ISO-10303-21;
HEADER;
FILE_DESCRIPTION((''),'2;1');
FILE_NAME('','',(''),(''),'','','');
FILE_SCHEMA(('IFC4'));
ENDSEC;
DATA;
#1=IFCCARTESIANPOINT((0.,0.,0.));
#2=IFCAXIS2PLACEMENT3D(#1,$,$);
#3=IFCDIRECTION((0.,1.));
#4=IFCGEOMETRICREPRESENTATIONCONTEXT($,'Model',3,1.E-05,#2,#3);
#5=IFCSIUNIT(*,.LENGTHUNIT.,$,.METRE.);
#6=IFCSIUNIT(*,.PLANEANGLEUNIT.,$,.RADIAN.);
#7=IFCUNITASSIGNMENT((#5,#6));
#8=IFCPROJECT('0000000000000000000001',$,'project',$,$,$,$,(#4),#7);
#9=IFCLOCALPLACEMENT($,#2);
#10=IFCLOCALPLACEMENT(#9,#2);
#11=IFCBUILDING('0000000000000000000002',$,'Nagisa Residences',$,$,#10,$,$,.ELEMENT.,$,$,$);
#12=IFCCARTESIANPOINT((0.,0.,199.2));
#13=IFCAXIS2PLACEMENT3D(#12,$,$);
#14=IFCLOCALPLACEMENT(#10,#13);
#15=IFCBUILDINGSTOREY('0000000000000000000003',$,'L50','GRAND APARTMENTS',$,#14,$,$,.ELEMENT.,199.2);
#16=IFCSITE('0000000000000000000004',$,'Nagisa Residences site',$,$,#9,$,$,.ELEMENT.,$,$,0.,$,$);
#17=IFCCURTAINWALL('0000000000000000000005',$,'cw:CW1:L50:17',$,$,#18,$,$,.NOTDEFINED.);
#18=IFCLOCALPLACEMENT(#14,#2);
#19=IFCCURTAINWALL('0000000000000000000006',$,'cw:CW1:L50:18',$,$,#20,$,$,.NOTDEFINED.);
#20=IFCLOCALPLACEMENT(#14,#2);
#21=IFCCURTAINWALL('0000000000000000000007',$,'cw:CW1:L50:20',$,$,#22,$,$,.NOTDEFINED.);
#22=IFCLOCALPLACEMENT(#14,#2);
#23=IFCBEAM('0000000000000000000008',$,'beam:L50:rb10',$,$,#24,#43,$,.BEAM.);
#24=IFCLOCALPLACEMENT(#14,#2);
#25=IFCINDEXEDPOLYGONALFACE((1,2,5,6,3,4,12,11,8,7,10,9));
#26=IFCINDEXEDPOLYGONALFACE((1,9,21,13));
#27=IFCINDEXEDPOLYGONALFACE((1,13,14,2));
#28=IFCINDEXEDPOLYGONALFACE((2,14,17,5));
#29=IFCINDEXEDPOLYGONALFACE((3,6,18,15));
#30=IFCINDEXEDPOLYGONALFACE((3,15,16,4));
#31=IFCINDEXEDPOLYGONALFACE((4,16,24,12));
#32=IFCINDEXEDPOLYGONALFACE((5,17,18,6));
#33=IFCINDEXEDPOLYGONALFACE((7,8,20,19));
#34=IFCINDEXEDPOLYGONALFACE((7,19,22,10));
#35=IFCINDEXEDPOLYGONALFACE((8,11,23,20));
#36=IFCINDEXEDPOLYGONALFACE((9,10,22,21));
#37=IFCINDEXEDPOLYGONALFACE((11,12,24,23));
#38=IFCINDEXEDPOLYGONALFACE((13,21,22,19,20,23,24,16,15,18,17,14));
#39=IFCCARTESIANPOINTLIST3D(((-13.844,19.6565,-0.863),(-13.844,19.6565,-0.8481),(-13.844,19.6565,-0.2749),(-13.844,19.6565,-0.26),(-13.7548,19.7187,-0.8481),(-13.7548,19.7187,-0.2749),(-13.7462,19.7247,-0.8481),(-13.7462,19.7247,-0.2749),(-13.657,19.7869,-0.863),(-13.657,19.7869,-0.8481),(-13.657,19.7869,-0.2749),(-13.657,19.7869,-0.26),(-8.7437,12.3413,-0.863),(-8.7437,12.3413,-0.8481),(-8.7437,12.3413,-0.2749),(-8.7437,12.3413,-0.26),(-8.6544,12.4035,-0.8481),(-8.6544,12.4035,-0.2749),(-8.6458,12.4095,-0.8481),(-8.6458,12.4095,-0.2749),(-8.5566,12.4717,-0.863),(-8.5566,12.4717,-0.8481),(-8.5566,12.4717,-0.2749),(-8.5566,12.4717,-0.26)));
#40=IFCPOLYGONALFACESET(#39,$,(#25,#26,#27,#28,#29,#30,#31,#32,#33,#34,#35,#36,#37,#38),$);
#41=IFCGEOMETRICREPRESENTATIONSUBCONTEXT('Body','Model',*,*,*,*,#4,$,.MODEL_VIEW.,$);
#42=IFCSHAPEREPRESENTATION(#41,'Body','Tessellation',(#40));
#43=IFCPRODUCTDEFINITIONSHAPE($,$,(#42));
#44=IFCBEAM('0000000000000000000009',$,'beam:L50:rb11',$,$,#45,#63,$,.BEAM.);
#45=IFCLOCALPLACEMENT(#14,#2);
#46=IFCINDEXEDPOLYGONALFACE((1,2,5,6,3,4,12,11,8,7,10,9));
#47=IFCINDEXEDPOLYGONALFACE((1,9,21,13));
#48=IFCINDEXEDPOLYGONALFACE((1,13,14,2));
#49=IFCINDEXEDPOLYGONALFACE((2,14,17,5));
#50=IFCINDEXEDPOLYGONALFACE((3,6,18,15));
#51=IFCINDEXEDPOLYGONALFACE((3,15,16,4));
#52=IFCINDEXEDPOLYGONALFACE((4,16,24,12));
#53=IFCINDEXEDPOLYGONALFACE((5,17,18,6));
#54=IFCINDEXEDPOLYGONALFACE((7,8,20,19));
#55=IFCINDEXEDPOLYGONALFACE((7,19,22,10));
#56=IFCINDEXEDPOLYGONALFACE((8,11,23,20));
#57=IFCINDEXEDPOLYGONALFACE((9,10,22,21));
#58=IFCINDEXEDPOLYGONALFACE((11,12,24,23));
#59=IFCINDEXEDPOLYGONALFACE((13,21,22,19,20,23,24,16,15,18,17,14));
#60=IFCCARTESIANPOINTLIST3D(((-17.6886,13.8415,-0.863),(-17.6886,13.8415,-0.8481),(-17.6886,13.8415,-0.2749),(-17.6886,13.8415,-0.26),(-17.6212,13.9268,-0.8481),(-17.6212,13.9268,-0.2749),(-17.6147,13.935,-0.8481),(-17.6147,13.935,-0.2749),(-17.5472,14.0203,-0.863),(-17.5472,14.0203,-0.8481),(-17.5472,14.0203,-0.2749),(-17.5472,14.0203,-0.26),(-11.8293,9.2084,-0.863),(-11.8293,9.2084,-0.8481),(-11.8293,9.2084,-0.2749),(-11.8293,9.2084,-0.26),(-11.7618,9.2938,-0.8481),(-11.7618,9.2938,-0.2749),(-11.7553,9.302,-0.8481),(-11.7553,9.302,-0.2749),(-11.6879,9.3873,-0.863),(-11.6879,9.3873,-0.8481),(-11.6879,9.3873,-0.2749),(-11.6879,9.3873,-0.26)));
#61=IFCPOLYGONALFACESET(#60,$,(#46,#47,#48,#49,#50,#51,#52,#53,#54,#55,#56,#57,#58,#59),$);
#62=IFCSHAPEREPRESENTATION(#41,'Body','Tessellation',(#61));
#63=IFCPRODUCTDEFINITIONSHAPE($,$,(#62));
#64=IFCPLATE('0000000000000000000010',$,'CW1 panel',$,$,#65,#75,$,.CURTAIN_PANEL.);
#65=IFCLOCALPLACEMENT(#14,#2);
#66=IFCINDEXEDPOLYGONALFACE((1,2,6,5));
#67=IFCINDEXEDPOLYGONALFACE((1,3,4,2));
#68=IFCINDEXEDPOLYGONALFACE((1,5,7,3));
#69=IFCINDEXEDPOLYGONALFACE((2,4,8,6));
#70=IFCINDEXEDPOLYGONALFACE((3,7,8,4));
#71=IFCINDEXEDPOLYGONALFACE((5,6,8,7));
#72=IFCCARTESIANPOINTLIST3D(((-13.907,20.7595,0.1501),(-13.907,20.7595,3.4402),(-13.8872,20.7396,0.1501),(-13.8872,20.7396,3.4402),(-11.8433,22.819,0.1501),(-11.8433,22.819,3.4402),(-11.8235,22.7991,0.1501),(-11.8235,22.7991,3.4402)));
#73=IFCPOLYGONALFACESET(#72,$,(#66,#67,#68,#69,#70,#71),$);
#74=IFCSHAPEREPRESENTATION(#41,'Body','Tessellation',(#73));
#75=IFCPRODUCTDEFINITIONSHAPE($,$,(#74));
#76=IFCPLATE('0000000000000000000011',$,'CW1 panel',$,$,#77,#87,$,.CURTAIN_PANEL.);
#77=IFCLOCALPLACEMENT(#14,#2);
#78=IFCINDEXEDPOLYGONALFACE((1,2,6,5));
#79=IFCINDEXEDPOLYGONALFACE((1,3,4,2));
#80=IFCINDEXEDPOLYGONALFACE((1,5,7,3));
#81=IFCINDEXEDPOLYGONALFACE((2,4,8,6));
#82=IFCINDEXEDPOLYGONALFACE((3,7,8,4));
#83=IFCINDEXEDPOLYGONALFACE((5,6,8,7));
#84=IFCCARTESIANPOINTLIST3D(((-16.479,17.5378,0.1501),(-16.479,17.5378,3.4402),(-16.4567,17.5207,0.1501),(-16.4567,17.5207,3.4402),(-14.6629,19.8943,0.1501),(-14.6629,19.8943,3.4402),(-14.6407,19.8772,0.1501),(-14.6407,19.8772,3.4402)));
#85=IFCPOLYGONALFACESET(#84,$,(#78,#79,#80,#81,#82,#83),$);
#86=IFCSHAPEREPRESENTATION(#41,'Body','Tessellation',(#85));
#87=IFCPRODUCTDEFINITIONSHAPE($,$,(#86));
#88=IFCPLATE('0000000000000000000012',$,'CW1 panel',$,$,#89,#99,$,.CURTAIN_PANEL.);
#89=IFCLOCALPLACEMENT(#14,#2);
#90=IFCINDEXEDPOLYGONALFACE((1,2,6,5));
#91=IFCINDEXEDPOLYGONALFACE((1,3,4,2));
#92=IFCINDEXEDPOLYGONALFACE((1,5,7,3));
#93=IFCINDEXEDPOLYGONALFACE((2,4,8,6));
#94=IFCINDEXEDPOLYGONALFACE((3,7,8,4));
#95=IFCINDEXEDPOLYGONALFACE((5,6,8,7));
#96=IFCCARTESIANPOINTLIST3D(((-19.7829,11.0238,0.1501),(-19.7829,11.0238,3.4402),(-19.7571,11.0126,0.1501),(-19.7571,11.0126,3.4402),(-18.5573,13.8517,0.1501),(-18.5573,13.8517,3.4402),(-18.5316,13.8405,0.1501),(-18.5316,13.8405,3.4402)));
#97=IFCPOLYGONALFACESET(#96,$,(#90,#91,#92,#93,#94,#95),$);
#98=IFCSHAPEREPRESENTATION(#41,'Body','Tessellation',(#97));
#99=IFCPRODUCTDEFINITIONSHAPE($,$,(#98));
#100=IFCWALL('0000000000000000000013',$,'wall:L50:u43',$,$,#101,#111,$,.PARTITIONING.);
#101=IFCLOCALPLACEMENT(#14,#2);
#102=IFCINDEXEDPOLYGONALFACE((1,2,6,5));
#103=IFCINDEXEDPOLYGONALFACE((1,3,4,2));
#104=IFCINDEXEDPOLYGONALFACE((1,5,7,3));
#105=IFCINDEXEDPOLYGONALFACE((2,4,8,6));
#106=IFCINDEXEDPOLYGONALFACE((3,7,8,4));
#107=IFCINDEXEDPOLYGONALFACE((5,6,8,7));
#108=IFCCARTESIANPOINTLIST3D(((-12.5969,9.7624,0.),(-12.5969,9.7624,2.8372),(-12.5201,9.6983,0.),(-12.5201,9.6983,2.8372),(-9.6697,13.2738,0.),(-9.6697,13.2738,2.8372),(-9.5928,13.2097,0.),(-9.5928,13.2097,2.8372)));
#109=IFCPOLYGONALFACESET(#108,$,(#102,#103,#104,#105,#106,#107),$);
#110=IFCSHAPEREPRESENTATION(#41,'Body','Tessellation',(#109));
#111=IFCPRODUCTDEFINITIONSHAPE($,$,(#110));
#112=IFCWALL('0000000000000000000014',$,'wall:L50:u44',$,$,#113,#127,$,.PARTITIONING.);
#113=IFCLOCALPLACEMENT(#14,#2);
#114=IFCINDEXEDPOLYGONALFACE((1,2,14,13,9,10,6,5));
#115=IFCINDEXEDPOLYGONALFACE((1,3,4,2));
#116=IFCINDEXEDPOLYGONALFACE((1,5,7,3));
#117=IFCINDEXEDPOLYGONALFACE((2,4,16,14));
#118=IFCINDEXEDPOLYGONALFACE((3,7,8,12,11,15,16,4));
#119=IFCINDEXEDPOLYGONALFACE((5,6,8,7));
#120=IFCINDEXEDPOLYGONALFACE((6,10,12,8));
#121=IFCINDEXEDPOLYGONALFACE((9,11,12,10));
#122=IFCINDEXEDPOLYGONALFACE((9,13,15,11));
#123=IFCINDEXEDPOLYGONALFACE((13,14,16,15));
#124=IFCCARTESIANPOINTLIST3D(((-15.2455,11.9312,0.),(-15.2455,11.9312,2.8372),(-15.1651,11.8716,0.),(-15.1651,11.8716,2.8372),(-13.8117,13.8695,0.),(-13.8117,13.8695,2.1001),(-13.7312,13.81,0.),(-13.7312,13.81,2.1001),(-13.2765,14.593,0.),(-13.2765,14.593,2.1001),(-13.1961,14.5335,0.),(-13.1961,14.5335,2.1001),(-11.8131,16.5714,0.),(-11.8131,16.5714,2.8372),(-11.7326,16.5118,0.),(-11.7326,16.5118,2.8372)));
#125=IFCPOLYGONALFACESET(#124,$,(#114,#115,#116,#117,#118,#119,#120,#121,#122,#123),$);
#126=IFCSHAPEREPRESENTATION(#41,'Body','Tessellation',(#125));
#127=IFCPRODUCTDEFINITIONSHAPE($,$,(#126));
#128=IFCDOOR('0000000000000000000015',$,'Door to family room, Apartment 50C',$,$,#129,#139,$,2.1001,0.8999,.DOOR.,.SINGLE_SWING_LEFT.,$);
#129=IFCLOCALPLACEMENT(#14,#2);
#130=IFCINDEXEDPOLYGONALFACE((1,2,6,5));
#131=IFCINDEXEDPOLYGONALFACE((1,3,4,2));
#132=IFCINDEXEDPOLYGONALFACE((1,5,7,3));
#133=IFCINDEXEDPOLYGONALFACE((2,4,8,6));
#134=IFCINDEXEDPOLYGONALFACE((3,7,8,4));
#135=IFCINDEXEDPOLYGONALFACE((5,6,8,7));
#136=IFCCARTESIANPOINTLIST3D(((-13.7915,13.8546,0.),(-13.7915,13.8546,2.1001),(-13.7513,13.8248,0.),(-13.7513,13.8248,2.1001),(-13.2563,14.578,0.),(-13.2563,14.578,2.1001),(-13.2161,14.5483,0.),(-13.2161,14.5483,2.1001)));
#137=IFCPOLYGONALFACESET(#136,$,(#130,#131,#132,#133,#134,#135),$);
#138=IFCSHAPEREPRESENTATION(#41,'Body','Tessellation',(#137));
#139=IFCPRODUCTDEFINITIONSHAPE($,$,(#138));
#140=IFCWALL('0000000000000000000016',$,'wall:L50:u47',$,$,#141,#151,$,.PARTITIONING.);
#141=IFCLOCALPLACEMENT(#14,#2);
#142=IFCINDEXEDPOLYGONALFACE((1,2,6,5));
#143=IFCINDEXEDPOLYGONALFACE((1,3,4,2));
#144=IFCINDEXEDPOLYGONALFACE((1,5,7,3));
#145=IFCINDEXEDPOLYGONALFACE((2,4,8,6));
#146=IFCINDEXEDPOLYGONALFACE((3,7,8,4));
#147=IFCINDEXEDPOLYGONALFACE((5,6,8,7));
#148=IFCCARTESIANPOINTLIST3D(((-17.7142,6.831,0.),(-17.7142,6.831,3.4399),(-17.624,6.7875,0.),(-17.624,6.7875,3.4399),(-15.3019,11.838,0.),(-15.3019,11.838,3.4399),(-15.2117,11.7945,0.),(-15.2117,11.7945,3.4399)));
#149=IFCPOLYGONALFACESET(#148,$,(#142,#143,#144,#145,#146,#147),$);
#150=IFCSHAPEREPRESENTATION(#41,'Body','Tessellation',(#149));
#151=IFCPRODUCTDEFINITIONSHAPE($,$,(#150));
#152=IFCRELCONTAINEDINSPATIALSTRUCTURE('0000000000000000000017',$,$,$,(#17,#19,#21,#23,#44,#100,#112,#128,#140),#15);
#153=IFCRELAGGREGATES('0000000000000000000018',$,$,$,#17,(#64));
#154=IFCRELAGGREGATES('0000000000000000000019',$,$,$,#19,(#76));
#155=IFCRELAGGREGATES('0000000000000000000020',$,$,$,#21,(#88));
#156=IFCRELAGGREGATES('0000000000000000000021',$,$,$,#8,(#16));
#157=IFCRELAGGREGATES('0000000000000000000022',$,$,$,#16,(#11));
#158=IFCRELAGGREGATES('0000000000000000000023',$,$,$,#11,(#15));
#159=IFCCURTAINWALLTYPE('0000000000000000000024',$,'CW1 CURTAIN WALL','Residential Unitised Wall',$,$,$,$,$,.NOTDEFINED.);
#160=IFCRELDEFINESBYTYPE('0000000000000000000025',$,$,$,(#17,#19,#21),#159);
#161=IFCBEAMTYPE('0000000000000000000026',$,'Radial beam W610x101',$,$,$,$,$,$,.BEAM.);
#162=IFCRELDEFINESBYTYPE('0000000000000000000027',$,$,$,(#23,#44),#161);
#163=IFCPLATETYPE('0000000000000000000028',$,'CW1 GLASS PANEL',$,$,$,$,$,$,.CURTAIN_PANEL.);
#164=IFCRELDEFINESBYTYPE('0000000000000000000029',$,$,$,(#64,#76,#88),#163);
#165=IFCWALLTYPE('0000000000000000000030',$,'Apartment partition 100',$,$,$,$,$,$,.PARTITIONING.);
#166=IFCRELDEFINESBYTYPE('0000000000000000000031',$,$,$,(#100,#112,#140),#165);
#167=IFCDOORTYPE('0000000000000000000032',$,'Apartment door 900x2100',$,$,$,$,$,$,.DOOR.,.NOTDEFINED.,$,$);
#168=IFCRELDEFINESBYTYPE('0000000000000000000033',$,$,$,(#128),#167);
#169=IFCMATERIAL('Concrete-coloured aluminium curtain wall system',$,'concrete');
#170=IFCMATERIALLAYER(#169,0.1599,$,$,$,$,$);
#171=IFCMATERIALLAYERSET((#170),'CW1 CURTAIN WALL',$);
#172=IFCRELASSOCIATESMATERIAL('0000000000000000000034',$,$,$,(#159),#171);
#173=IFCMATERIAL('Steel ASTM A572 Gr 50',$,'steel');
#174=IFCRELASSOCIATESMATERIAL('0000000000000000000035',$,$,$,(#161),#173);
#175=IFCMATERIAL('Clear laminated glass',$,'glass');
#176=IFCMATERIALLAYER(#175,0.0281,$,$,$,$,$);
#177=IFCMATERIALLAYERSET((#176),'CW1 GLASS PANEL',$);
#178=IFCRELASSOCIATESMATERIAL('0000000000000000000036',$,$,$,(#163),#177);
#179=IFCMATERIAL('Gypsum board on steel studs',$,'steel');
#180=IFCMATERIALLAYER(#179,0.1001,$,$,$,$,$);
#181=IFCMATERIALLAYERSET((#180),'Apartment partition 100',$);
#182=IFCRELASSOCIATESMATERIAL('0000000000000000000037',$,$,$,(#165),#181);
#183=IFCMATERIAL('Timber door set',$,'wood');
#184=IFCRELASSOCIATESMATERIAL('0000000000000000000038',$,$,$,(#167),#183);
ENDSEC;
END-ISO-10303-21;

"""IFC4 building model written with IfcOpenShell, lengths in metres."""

from ifc_helpers import new_model, si_unit, direction, frame, frame_2d, origin, origin_2d, place, context, subcontext, project, spatial, rectangle, i_section, extrude, material, layer, layer_set, material_profile, profile_set, type_object, element, fill, aggregate, save


model = new_model("IFC4")

# Units and contexts
model_context = context("Model", 3, precision=1e-05, world=origin(), true_north=direction((0.0, 1.0)))
body_context = subcontext(model_context, "Body", "Model", "MODEL_VIEW")
ifc_project = project(units=[si_unit("LENGTHUNIT", "METRE"), si_unit("PLANEANGLEUNIT", "RADIAN")], contexts=[model_context])

# Site, building, storey
site_placement = place(None, origin())
site = spatial("IfcSite", under=ifc_project, at=site_placement, Name="Nagisa Residences site", CompositionType="ELEMENT", RefElevation=0.0)
building_placement = place(site_placement, origin())
building = spatial("IfcBuilding", under=site, at=building_placement, Name="Nagisa Residences", CompositionType="ELEMENT")
storey_placement = place(building_placement, frame((0.0, 0.0, 199.2)))
storey = spatial("IfcBuildingStorey", under=building, at=storey_placement, Name="L50", Description="GRAND APARTMENTS", CompositionType="ELEMENT", Elevation=199.2)

# Curtain walls
ifc_material_1 = material(Name="Concrete-coloured aluminium curtain wall system", Category="concrete")
ifc_layer_1 = layer(ifc_material_1, 0.1599)
ifc_layer_set_1 = layer_set([ifc_layer_1], Name="CW1 CURTAIN WALL")
curtain_wall_type = type_object("IfcCurtainWallType", Name="CW1 CURTAIN WALL", Description="Residential Unitised Wall", PredefinedType="NOTDEFINED", material=ifc_layer_set_1)
curtain_wall_1_placement = place(storey_placement, origin())
curtain_wall_1 = element("IfcCurtainWall", 1, at=curtain_wall_1_placement, inside=storey, type_object=curtain_wall_type, Name="cw:CW1:L50:17", PredefinedType="NOTDEFINED")
curtain_wall_2_placement = place(storey_placement, origin())
curtain_wall_2 = element("IfcCurtainWall", 2, at=curtain_wall_2_placement, inside=storey, type_object=curtain_wall_type, Name="cw:CW1:L50:18", PredefinedType="NOTDEFINED")
curtain_wall_3_placement = place(storey_placement, origin())
curtain_wall_3 = element("IfcCurtainWall", 3, at=curtain_wall_3_placement, inside=storey, type_object=curtain_wall_type, Name="cw:CW1:L50:20", PredefinedType="NOTDEFINED")

# Beams
ifc_material_2 = material(Name="Steel ASTM A572 Gr 50", Category="steel")
ifc_material_profile_1 = material_profile(ifc_material_2, i_section(OverallWidth=0.228, OverallDepth=0.603, WebThickness=0.0105, FlangeThickness=0.0149, at=origin_2d()), Name="W610x101")
ifc_profile_set_1 = profile_set([ifc_material_profile_1], Name="Steel ASTM A572 Gr 50")
beam_type_1 = type_object("IfcBeamType", Name="Radial beam W610x101", PredefinedType="BEAM", material=ifc_profile_set_1)
beam_1_placement = place(storey_placement, frame((-13.7505, 19.7217, -0.5615), z_axis=(0.571934, -0.820299, 0.0), x_axis=(0.820299, 0.571934, 0.0)))
element("IfcBeam", 4, at=beam_1_placement, inside=storey, type_object=beam_type_1, Name="beam:L50:rb10", PredefinedType="BEAM", context=body_context, shape_type="SweptSolid", body=[
    extrude(i_section(OverallWidth=0.228, OverallDepth=0.603, WebThickness=0.0105, FlangeThickness=0.0149, at=origin_2d()), origin(), (0.0, 0.0, 1.0), 8.9177),
])
beam_2_placement = place(storey_placement, frame((-17.6179, 13.9309, -0.5615), z_axis=(0.784412, -0.620241, 0.0), x_axis=(0.620241, 0.784412, 0.0)))
element("IfcBeam", 5, at=beam_2_placement, inside=storey, type_object=beam_type_1, Name="beam:L50:rb11", PredefinedType="BEAM", context=body_context, shape_type="SweptSolid", body=[
    extrude(i_section(OverallWidth=0.228, OverallDepth=0.603, WebThickness=0.0105, FlangeThickness=0.0149, at=origin_2d()), origin(), (0.0, 0.0, 1.0), 7.4697),
])

# Plates
ifc_material_3 = material(Name="Clear laminated glass", Category="glass")
ifc_layer_2 = layer(ifc_material_3, 0.0281)
ifc_layer_set_2 = layer_set([ifc_layer_2], Name="CW1 GLASS PANEL")
plate_type = type_object("IfcPlateType", Name="CW1 GLASS PANEL", PredefinedType="CURTAIN_PANEL", material=ifc_layer_set_2)
plate_1_placement = place(storey_placement, frame((-12.8652, 21.7793, 0.1501), z_axis=(0.0, 0.0, 1.0), x_axis=(-0.707836, -0.706377, 0.0)))
plate_1 = element("IfcPlate", 6, at=plate_1_placement, type_object=plate_type, Name="CW1 panel", PredefinedType="CURTAIN_PANEL", context=body_context, shape_type="SweptSolid", body=[
    extrude(rectangle(XDim=2.9155, YDim=0.0281, at=origin_2d()), origin(), (0.0, 0.0, 1.0), 3.29),
])
aggregate(curtain_wall_1, [plate_1])
plate_2_placement = place(storey_placement, frame((-15.5598, 18.7075, 0.1501), z_axis=(0.0, 0.0, 1.0), x_axis=(-0.61043, -0.79207, 0.0)))
plate_2 = element("IfcPlate", 7, at=plate_2_placement, type_object=plate_type, Name="CW1 panel", PredefinedType="CURTAIN_PANEL", context=body_context, shape_type="SweptSolid", body=[
    extrude(rectangle(XDim=2.9751, YDim=0.0281, at=origin_2d()), origin(), (0.0, 0.0, 1.0), 3.29),
])
aggregate(curtain_wall_2, [plate_2])
plate_3_placement = place(storey_placement, frame((-19.1572, 12.4321, 0.1501), z_axis=(0.0, 0.0, 1.0), x_axis=(-0.397636, -0.917543, 0.0)))
plate_3 = element("IfcPlate", 8, at=plate_3_placement, type_object=plate_type, Name="CW1 panel", PredefinedType="CURTAIN_PANEL", context=body_context, shape_type="SweptSolid", body=[
    extrude(rectangle(XDim=3.082, YDim=0.0281, at=origin_2d()), origin(), (0.0, 0.0, 1.0), 3.29),
])
aggregate(curtain_wall_3, [plate_3])

# Wall
ifc_material_4 = material(Name="Gypsum board on steel studs", Category="steel")
ifc_layer_3 = layer(ifc_material_4, 0.1001)
ifc_layer_set_3 = layer_set([ifc_layer_3], Name="Apartment partition 100")
wall_type_1 = type_object("IfcWallType", Name="Apartment partition 100", PredefinedType="PARTITIONING", material=ifc_layer_set_3)
wall_1_placement = place(storey_placement, frame((-9.6313, 13.2417, 0.0), z_axis=(0.0, 0.0, 1.0), x_axis=(-0.640316, -0.768112, 0.0)))
element("IfcWall", 9, at=wall_1_placement, inside=storey, type_object=wall_type_1, Name="wall:L50:u43", PredefinedType="PARTITIONING", context=body_context, shape_type="SweptSolid", body=[
    extrude(rectangle(XDim=4.5715, YDim=0.1001, at=frame_2d((2.2856, 0.0))), origin(), (0.0, 0.0, 1.0), 2.8372),
])

# Wall, opening, door
wall_2_placement = place(storey_placement, frame((-11.7729, 16.5415, 0.0), z_axis=(0.0, 0.0, 1.0), x_axis=(-0.594694, -0.803952, 0.0)))
wall_2 = element("IfcWall", 10, at=wall_2_placement, inside=storey, type_object=wall_type_1, Name="wall:L50:u44", PredefinedType="PARTITIONING", context=body_context, shape_type="SweptSolid", body=[
    extrude(rectangle(XDim=5.7717, YDim=0.1001, at=frame_2d((2.8857, 0.0))), origin(), (0.0, 0.0, 1.0), 2.8372),
])
opening_1_placement = place(wall_2_placement, frame((2.4607, 0.0, 0.0)))
opening_1 = element("IfcOpeningElement", 11, at=opening_1_placement, cuts=wall_2, PredefinedType="OPENING", context=body_context, shape_type="SweptSolid", body=[
    extrude(rectangle(XDim=0.8999, YDim=2.1001, at=frame_2d((0.45, 1.05))), frame((0.0, 0.0601, 0.0), z_axis=(0.0, -1.0, 0.0), x_axis=(1.0, 0.0, 0.0)), (0.0, 0.0, 1.0), 0.1201),
])
ifc_material_5 = material(Name="Timber door set", Category="wood")
door_type_1 = type_object("IfcDoorType", Name="Apartment door 900x2100", OperationType="NOTDEFINED", PredefinedType="DOOR", material=ifc_material_5)
door_1_placement = place(opening_1_placement, frame((0.8999, 0.0, 0.0), x_axis=(-1.0, 0.0, 0.0)))
door_1 = element("IfcDoor", 12, at=door_1_placement, inside=storey, type_object=door_type_1, Name="Door to family room, Apartment 50C", OperationType="SINGLE_SWING_LEFT", OverallHeight=2.1001, OverallWidth=0.8999, PredefinedType="DOOR", context=body_context, shape_type="SweptSolid", body=[
    extrude(rectangle(XDim=0.8999, YDim=2.1001, at=frame_2d((0.45, 1.05))), frame((0.0, 0.0249, 0.0), z_axis=(0.0, -1.0, 0.0), x_axis=(1.0, 0.0, 0.0)), (0.0, 0.0, 1.0), 0.05),
])
fill(opening_1, door_1)

# Wall
wall_3_placement = place(storey_placement, frame((-15.2568, 11.8162, 0.0), z_axis=(0.0, 0.0, 1.0), x_axis=(-0.43404, -0.900894, 0.0)))
element("IfcWall", 13, at=wall_3_placement, inside=storey, type_object=wall_type_1, Name="wall:L50:u47", PredefinedType="PARTITIONING", context=body_context, shape_type="SweptSolid", body=[
    extrude(rectangle(XDim=5.5579, YDim=0.1001, at=frame_2d((2.7788, 0.0))), origin(), (0.0, 0.0, 1.0), 3.4399),
])

save(model, "model.ifc")
